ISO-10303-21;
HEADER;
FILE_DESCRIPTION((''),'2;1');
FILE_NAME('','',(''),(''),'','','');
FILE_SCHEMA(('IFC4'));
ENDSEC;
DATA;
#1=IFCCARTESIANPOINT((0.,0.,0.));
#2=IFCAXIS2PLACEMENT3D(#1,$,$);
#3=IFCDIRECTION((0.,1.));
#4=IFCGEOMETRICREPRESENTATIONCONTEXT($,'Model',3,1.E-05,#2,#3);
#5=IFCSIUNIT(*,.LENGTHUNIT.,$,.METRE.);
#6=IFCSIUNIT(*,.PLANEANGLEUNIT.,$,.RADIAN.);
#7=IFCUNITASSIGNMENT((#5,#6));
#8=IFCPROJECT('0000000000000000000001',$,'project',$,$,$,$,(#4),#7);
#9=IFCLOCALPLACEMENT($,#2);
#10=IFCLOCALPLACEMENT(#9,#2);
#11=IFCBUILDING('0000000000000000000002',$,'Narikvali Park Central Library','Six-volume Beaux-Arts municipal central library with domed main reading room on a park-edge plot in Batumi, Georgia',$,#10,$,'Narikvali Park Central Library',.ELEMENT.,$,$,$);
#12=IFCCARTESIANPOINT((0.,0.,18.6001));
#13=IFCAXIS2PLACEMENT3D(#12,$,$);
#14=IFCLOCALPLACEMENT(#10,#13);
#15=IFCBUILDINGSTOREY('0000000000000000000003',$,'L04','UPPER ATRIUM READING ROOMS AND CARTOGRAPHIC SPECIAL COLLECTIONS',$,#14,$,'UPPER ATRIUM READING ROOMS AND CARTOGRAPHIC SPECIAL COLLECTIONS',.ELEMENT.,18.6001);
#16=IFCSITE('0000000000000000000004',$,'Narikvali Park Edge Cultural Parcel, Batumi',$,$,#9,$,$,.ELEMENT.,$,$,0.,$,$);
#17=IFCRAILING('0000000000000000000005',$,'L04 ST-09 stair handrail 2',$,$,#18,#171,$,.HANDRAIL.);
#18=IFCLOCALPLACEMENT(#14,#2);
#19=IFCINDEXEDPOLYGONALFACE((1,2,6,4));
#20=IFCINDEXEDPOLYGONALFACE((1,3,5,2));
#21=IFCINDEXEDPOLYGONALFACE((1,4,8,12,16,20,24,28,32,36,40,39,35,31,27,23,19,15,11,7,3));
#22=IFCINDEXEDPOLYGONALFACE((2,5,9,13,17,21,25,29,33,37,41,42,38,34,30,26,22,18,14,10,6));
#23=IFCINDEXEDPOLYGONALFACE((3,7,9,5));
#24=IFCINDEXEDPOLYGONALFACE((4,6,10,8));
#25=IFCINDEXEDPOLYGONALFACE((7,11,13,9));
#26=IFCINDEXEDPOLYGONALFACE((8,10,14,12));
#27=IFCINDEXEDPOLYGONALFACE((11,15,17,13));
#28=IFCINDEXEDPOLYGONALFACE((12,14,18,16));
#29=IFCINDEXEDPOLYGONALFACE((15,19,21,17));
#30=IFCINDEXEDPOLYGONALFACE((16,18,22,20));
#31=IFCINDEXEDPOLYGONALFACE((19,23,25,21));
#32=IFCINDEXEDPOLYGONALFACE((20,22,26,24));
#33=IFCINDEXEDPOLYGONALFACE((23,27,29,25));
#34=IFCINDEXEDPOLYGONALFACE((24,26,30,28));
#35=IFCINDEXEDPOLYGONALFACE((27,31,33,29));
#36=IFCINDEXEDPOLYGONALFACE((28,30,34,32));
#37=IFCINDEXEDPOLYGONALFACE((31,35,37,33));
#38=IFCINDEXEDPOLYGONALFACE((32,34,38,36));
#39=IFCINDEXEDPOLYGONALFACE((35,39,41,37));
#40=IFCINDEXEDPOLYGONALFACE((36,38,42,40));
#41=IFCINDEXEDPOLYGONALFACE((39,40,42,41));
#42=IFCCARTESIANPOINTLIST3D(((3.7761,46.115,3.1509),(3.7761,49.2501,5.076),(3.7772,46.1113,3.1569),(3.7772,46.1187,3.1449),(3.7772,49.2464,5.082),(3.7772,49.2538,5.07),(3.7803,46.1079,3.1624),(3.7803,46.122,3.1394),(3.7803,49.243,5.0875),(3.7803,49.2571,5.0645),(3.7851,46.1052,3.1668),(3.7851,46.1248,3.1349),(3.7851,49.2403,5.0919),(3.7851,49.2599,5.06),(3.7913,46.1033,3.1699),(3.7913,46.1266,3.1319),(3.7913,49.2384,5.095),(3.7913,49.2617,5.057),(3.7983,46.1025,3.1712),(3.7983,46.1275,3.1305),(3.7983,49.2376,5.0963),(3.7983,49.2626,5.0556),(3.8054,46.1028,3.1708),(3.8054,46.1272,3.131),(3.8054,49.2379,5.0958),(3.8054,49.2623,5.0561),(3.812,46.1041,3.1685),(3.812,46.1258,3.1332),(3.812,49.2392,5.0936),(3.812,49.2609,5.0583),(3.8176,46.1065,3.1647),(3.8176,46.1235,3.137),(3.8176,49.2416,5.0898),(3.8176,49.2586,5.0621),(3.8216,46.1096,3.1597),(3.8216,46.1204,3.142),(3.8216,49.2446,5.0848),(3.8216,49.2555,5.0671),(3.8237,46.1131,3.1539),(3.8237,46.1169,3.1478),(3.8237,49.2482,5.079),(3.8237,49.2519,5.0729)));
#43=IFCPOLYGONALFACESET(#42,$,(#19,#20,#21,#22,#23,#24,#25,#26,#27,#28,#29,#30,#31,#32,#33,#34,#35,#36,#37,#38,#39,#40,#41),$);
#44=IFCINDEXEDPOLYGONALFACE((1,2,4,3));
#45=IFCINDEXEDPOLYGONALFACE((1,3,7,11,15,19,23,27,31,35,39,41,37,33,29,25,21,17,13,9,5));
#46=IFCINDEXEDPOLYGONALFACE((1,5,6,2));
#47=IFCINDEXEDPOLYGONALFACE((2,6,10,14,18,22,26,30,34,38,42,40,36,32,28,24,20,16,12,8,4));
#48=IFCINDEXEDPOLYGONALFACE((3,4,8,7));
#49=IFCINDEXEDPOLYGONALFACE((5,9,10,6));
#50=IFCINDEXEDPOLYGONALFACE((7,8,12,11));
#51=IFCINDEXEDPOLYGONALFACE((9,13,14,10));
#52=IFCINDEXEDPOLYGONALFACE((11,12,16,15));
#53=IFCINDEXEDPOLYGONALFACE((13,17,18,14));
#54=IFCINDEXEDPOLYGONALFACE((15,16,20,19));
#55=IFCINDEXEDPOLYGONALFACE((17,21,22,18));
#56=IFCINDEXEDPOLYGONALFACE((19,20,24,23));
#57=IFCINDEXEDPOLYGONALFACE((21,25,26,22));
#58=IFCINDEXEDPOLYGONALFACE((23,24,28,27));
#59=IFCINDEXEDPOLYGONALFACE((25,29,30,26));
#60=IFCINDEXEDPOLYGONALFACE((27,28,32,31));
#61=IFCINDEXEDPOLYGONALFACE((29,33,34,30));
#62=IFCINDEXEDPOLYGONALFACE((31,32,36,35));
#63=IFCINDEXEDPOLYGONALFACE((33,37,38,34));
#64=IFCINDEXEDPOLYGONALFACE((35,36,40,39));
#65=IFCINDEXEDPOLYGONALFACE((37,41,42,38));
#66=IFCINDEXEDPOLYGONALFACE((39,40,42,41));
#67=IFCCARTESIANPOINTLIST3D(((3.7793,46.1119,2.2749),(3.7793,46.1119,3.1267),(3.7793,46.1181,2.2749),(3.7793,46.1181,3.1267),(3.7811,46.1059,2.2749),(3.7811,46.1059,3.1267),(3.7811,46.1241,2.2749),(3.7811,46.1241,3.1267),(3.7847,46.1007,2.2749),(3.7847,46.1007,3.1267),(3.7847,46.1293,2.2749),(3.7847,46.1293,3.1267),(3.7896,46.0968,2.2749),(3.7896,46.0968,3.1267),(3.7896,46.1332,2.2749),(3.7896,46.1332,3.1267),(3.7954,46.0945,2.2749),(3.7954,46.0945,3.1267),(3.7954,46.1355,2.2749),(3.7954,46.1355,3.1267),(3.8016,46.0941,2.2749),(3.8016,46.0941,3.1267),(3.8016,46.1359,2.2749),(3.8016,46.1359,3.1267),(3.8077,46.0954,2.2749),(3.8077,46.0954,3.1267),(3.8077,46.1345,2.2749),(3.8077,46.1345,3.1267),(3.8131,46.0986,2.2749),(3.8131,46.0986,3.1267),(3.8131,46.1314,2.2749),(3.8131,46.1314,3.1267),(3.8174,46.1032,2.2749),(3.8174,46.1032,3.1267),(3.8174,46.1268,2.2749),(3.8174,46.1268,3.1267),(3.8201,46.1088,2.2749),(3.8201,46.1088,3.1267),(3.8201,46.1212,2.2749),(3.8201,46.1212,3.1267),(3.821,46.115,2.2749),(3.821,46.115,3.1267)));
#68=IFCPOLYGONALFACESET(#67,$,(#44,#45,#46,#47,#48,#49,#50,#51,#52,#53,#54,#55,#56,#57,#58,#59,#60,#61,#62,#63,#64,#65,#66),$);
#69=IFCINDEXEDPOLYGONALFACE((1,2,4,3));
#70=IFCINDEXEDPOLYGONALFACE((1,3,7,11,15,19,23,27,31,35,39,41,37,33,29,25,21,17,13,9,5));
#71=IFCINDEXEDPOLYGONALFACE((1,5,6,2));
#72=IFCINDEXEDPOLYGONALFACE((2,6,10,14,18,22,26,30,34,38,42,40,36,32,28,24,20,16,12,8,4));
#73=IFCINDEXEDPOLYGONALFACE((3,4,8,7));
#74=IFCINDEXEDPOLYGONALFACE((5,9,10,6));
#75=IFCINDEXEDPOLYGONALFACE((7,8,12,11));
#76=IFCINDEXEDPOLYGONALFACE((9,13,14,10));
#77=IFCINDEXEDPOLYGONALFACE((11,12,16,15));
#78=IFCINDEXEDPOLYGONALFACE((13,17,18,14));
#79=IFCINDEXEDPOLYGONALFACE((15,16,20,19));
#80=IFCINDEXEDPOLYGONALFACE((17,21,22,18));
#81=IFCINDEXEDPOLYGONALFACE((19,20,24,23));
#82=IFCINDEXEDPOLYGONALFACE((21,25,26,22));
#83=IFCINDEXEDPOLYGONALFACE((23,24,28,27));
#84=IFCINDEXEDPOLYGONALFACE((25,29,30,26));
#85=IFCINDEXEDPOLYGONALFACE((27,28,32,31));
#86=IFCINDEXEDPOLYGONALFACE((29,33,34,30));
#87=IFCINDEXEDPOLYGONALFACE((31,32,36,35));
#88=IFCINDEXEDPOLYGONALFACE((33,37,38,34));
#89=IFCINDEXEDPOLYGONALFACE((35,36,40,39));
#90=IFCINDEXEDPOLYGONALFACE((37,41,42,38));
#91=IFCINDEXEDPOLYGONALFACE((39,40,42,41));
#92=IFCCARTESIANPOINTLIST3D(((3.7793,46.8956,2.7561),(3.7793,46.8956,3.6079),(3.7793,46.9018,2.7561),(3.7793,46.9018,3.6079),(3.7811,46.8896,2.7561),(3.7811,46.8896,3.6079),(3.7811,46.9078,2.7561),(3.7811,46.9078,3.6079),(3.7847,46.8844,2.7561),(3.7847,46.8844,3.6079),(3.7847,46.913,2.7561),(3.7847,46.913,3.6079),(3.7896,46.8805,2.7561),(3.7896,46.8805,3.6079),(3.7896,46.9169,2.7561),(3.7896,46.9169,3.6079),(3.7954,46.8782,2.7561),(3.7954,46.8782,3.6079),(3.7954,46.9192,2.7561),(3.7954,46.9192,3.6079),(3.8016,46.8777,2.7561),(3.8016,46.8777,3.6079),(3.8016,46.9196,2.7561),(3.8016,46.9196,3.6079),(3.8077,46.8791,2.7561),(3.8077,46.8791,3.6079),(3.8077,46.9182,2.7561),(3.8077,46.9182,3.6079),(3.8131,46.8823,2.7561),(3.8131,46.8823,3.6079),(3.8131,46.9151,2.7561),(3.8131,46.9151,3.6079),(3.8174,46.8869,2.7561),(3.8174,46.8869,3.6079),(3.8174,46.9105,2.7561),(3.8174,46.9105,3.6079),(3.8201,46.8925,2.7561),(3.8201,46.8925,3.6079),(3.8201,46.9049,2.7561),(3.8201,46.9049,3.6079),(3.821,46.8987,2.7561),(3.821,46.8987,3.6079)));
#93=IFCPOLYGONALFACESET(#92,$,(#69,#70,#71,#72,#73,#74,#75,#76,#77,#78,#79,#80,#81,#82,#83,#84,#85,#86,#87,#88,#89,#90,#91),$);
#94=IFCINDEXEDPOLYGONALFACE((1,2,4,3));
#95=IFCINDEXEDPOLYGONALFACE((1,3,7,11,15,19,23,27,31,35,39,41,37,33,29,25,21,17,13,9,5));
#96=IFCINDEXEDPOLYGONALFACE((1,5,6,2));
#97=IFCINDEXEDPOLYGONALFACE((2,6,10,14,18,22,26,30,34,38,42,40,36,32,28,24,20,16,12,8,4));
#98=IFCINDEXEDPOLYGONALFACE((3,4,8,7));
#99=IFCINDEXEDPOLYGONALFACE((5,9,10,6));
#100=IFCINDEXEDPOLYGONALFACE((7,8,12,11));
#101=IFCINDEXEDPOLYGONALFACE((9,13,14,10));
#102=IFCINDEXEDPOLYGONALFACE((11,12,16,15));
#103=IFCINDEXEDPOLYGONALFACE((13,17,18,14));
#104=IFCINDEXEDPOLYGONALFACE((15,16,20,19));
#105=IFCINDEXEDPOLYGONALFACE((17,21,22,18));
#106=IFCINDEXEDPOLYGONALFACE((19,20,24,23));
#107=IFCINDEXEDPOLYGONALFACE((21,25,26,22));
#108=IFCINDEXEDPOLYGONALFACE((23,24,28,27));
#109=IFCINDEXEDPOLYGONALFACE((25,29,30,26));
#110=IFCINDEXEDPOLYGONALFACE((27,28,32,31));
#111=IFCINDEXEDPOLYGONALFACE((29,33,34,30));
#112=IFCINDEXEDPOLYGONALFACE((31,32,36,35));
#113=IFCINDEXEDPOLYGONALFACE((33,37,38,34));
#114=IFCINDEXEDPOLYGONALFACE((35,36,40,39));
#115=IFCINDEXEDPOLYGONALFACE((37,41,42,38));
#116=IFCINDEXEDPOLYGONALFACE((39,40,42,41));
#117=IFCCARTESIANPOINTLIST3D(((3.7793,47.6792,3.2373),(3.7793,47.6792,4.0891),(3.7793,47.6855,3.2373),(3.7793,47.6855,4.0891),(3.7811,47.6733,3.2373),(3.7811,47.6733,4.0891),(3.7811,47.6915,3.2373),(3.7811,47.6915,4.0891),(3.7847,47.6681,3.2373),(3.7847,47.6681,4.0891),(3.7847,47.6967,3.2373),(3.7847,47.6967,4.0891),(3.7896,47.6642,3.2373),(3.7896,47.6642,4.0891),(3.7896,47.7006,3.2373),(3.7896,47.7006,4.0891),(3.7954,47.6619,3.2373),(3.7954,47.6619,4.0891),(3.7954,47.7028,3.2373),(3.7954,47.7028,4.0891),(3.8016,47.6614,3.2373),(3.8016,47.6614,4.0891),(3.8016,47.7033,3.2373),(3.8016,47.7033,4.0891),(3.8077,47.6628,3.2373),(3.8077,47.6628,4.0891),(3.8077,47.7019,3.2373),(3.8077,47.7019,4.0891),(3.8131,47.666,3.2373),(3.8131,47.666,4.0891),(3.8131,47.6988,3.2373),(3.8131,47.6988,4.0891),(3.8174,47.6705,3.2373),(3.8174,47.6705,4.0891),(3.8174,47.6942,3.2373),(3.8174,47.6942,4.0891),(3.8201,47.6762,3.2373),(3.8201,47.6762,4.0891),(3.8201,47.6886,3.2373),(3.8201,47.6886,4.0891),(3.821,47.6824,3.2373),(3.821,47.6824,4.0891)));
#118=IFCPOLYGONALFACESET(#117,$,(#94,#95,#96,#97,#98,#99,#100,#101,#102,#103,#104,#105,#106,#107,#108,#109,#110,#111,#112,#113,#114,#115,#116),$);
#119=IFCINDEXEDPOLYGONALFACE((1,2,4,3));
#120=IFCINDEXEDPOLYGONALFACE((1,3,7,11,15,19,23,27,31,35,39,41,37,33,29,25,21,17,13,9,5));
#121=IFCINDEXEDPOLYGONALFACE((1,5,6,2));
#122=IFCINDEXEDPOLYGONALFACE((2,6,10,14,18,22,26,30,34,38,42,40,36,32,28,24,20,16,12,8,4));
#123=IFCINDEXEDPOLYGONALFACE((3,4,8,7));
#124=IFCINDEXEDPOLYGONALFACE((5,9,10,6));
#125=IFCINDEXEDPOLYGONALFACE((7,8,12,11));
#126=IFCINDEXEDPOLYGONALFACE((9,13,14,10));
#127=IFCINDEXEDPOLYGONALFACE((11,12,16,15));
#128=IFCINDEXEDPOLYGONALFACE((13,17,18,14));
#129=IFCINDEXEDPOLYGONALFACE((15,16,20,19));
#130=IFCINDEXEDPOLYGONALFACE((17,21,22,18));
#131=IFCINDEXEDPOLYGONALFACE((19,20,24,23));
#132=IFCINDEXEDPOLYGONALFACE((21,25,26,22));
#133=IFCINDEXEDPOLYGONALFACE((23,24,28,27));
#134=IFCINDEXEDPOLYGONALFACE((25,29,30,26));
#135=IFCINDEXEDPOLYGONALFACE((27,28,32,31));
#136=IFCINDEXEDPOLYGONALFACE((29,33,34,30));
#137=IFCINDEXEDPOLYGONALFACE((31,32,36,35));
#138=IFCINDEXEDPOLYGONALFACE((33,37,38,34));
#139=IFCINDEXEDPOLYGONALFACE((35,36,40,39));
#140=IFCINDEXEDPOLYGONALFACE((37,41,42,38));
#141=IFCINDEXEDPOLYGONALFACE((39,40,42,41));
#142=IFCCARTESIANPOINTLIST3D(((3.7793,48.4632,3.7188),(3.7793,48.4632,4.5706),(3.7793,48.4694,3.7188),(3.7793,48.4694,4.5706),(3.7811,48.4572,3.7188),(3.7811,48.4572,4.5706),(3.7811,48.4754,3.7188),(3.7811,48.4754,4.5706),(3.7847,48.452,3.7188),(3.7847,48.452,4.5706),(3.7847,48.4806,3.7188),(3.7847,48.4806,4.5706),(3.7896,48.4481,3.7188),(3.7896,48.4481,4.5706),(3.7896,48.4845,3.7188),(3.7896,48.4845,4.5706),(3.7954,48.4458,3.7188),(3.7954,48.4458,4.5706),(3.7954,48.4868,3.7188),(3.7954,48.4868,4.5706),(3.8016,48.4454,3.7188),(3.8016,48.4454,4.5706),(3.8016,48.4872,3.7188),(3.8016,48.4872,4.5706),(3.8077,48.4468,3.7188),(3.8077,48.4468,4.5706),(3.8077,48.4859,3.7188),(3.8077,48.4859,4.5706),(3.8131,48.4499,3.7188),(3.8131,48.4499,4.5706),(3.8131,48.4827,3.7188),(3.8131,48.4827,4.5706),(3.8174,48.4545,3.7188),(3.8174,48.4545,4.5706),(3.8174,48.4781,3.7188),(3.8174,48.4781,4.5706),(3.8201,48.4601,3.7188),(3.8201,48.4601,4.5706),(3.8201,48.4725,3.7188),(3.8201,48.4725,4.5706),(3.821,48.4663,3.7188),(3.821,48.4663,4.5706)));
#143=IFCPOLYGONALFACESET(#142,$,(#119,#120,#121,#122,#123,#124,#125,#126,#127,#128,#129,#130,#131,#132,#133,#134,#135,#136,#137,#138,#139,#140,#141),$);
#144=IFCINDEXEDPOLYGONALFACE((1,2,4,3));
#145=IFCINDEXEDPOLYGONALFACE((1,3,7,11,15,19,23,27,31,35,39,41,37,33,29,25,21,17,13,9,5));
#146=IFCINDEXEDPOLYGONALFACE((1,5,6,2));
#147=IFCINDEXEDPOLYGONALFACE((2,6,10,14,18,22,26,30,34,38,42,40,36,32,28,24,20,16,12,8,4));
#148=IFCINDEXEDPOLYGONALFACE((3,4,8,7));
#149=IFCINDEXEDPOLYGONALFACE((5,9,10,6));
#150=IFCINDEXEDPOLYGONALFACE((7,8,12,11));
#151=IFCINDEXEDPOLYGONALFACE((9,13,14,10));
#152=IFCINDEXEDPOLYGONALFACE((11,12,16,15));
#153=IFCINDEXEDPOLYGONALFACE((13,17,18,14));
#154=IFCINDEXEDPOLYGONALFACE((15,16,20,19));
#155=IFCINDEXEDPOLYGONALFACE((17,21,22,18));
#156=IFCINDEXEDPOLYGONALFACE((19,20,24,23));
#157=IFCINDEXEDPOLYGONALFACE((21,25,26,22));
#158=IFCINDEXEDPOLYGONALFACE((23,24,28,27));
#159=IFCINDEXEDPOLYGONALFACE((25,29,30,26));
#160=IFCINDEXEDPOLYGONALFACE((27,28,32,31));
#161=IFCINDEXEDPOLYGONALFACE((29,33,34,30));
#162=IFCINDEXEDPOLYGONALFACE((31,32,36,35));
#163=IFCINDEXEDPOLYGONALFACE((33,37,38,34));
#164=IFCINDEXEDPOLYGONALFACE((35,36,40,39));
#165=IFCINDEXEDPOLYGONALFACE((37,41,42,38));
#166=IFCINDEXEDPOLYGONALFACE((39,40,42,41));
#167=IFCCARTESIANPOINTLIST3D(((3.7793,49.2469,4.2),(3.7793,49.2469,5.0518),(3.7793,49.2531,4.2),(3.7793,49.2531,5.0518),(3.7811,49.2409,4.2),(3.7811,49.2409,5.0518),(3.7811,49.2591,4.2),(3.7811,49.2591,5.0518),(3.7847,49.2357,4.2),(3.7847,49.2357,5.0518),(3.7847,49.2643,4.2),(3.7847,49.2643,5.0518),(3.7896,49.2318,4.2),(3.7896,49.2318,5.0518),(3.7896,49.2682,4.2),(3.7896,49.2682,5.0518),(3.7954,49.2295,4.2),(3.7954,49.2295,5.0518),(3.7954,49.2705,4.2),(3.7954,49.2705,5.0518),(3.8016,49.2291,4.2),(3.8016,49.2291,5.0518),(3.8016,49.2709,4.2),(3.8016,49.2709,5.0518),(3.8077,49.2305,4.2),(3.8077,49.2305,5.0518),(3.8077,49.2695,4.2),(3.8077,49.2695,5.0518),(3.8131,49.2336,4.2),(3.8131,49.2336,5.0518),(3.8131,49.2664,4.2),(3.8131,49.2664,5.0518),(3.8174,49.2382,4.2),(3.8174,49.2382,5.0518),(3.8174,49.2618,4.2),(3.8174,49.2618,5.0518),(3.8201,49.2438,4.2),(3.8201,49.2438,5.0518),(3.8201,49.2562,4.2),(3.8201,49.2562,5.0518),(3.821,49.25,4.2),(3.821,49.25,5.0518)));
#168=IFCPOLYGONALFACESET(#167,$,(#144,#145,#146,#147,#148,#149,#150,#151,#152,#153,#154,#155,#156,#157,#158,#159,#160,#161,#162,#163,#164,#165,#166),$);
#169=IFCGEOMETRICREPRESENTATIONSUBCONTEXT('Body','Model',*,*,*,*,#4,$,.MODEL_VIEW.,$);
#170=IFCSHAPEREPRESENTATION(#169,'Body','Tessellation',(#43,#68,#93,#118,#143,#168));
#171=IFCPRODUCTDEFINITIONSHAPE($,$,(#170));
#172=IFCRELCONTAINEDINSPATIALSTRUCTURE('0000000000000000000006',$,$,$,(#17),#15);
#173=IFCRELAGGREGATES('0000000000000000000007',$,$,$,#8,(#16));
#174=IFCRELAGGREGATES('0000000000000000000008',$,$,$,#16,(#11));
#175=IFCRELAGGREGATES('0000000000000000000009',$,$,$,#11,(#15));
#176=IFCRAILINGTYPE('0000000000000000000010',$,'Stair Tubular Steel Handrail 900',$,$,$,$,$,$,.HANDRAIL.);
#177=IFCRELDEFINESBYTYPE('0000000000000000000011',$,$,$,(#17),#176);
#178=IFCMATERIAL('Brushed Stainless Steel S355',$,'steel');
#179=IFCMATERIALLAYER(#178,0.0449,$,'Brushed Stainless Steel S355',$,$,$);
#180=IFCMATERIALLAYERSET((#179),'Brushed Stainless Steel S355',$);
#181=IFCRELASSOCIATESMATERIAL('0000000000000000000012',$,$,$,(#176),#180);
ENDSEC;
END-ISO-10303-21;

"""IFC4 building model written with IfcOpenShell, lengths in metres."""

from ifc_helpers import new_model, si_unit, direction, frame, origin, origin_2d, place, context, subcontext, project, spatial, circle, extrude, material, layer, layer_set, type_object, element, save


model = new_model("IFC4")

# Units and contexts
model_context = context("Model", 3, precision=1e-05, world=origin(), true_north=direction((0.0, 1.0)))
body_context = subcontext(model_context, "Body", "Model", "MODEL_VIEW")
ifc_project = project(units=[si_unit("LENGTHUNIT", "METRE"), si_unit("PLANEANGLEUNIT", "RADIAN")], contexts=[model_context])

# Site, building, storey
site_placement = place(None, origin())
site = spatial("IfcSite", under=ifc_project, at=site_placement, Name="Narikvali Park Edge Cultural Parcel, Batumi", CompositionType="ELEMENT", RefElevation=0.0)
building_placement = place(site_placement, origin())
building = spatial("IfcBuilding", under=site, at=building_placement, Name="Narikvali Park Central Library", Description="Six-volume Beaux-Arts municipal central library with domed main reading room on a park-edge plot in Batumi, Georgia", LongName="Narikvali Park Central Library", CompositionType="ELEMENT")
storey_placement = place(building_placement, frame((0.0, 0.0, 18.6001)))
storey = spatial("IfcBuildingStorey", under=building, at=storey_placement, Name="L04", Description="UPPER ATRIUM READING ROOMS AND CARTOGRAPHIC SPECIAL COLLECTIONS", LongName="UPPER ATRIUM READING ROOMS AND CARTOGRAPHIC SPECIAL COLLECTIONS", CompositionType="ELEMENT", Elevation=18.6001)

# Railing
ifc_material_1 = material(Name="Brushed Stainless Steel S355", Category="steel")
ifc_layer_1 = layer(ifc_material_1, 0.0449, Name="Brushed Stainless Steel S355")
ifc_layer_set_1 = layer_set([ifc_layer_1], Name="Brushed Stainless Steel S355")
railing_type_1 = type_object("IfcRailingType", Name="Stair Tubular Steel Handrail 900", PredefinedType="HANDRAIL", material=ifc_layer_set_1)
railing_1_placement = place(storey_placement, frame((3.8, 46.115, 2.2749)))
element("IfcRailing", 1, at=railing_1_placement, inside=storey, type_object=railing_type_1, Name="L04 ST-09 stair handrail 2", PredefinedType="HANDRAIL", context=body_context, shape_type="SweptSolid", body=[
    extrude(circle(Radius=0.0239, at=origin_2d()), frame((0.0, 0.0, 0.876), z_axis=(0.0, 0.852166, 0.523271), x_axis=(-1.0, 0.0, 0.0)), (0.0, 0.0, 1.0), 3.679),
    extrude(circle(Radius=0.021, at=origin_2d()), origin(), (0.0, 0.0, 1.0), 0.8518),
    extrude(circle(Radius=0.021, at=origin_2d()), frame((0.0, 0.7837, 0.4812)), (0.0, 0.0, 1.0), 0.8518),
    extrude(circle(Radius=0.021, at=origin_2d()), frame((0.0, 1.5674, 0.9624)), (0.0, 0.0, 1.0), 0.8518),
    extrude(circle(Radius=0.021, at=origin_2d()), frame((0.0, 2.3513, 1.4438)), (0.0, 0.0, 1.0), 0.8518),
    extrude(circle(Radius=0.021, at=origin_2d()), frame((0.0, 3.135, 1.925)), (0.0, 0.0, 1.0), 0.8518),
])

save(model, "model.ifc")
